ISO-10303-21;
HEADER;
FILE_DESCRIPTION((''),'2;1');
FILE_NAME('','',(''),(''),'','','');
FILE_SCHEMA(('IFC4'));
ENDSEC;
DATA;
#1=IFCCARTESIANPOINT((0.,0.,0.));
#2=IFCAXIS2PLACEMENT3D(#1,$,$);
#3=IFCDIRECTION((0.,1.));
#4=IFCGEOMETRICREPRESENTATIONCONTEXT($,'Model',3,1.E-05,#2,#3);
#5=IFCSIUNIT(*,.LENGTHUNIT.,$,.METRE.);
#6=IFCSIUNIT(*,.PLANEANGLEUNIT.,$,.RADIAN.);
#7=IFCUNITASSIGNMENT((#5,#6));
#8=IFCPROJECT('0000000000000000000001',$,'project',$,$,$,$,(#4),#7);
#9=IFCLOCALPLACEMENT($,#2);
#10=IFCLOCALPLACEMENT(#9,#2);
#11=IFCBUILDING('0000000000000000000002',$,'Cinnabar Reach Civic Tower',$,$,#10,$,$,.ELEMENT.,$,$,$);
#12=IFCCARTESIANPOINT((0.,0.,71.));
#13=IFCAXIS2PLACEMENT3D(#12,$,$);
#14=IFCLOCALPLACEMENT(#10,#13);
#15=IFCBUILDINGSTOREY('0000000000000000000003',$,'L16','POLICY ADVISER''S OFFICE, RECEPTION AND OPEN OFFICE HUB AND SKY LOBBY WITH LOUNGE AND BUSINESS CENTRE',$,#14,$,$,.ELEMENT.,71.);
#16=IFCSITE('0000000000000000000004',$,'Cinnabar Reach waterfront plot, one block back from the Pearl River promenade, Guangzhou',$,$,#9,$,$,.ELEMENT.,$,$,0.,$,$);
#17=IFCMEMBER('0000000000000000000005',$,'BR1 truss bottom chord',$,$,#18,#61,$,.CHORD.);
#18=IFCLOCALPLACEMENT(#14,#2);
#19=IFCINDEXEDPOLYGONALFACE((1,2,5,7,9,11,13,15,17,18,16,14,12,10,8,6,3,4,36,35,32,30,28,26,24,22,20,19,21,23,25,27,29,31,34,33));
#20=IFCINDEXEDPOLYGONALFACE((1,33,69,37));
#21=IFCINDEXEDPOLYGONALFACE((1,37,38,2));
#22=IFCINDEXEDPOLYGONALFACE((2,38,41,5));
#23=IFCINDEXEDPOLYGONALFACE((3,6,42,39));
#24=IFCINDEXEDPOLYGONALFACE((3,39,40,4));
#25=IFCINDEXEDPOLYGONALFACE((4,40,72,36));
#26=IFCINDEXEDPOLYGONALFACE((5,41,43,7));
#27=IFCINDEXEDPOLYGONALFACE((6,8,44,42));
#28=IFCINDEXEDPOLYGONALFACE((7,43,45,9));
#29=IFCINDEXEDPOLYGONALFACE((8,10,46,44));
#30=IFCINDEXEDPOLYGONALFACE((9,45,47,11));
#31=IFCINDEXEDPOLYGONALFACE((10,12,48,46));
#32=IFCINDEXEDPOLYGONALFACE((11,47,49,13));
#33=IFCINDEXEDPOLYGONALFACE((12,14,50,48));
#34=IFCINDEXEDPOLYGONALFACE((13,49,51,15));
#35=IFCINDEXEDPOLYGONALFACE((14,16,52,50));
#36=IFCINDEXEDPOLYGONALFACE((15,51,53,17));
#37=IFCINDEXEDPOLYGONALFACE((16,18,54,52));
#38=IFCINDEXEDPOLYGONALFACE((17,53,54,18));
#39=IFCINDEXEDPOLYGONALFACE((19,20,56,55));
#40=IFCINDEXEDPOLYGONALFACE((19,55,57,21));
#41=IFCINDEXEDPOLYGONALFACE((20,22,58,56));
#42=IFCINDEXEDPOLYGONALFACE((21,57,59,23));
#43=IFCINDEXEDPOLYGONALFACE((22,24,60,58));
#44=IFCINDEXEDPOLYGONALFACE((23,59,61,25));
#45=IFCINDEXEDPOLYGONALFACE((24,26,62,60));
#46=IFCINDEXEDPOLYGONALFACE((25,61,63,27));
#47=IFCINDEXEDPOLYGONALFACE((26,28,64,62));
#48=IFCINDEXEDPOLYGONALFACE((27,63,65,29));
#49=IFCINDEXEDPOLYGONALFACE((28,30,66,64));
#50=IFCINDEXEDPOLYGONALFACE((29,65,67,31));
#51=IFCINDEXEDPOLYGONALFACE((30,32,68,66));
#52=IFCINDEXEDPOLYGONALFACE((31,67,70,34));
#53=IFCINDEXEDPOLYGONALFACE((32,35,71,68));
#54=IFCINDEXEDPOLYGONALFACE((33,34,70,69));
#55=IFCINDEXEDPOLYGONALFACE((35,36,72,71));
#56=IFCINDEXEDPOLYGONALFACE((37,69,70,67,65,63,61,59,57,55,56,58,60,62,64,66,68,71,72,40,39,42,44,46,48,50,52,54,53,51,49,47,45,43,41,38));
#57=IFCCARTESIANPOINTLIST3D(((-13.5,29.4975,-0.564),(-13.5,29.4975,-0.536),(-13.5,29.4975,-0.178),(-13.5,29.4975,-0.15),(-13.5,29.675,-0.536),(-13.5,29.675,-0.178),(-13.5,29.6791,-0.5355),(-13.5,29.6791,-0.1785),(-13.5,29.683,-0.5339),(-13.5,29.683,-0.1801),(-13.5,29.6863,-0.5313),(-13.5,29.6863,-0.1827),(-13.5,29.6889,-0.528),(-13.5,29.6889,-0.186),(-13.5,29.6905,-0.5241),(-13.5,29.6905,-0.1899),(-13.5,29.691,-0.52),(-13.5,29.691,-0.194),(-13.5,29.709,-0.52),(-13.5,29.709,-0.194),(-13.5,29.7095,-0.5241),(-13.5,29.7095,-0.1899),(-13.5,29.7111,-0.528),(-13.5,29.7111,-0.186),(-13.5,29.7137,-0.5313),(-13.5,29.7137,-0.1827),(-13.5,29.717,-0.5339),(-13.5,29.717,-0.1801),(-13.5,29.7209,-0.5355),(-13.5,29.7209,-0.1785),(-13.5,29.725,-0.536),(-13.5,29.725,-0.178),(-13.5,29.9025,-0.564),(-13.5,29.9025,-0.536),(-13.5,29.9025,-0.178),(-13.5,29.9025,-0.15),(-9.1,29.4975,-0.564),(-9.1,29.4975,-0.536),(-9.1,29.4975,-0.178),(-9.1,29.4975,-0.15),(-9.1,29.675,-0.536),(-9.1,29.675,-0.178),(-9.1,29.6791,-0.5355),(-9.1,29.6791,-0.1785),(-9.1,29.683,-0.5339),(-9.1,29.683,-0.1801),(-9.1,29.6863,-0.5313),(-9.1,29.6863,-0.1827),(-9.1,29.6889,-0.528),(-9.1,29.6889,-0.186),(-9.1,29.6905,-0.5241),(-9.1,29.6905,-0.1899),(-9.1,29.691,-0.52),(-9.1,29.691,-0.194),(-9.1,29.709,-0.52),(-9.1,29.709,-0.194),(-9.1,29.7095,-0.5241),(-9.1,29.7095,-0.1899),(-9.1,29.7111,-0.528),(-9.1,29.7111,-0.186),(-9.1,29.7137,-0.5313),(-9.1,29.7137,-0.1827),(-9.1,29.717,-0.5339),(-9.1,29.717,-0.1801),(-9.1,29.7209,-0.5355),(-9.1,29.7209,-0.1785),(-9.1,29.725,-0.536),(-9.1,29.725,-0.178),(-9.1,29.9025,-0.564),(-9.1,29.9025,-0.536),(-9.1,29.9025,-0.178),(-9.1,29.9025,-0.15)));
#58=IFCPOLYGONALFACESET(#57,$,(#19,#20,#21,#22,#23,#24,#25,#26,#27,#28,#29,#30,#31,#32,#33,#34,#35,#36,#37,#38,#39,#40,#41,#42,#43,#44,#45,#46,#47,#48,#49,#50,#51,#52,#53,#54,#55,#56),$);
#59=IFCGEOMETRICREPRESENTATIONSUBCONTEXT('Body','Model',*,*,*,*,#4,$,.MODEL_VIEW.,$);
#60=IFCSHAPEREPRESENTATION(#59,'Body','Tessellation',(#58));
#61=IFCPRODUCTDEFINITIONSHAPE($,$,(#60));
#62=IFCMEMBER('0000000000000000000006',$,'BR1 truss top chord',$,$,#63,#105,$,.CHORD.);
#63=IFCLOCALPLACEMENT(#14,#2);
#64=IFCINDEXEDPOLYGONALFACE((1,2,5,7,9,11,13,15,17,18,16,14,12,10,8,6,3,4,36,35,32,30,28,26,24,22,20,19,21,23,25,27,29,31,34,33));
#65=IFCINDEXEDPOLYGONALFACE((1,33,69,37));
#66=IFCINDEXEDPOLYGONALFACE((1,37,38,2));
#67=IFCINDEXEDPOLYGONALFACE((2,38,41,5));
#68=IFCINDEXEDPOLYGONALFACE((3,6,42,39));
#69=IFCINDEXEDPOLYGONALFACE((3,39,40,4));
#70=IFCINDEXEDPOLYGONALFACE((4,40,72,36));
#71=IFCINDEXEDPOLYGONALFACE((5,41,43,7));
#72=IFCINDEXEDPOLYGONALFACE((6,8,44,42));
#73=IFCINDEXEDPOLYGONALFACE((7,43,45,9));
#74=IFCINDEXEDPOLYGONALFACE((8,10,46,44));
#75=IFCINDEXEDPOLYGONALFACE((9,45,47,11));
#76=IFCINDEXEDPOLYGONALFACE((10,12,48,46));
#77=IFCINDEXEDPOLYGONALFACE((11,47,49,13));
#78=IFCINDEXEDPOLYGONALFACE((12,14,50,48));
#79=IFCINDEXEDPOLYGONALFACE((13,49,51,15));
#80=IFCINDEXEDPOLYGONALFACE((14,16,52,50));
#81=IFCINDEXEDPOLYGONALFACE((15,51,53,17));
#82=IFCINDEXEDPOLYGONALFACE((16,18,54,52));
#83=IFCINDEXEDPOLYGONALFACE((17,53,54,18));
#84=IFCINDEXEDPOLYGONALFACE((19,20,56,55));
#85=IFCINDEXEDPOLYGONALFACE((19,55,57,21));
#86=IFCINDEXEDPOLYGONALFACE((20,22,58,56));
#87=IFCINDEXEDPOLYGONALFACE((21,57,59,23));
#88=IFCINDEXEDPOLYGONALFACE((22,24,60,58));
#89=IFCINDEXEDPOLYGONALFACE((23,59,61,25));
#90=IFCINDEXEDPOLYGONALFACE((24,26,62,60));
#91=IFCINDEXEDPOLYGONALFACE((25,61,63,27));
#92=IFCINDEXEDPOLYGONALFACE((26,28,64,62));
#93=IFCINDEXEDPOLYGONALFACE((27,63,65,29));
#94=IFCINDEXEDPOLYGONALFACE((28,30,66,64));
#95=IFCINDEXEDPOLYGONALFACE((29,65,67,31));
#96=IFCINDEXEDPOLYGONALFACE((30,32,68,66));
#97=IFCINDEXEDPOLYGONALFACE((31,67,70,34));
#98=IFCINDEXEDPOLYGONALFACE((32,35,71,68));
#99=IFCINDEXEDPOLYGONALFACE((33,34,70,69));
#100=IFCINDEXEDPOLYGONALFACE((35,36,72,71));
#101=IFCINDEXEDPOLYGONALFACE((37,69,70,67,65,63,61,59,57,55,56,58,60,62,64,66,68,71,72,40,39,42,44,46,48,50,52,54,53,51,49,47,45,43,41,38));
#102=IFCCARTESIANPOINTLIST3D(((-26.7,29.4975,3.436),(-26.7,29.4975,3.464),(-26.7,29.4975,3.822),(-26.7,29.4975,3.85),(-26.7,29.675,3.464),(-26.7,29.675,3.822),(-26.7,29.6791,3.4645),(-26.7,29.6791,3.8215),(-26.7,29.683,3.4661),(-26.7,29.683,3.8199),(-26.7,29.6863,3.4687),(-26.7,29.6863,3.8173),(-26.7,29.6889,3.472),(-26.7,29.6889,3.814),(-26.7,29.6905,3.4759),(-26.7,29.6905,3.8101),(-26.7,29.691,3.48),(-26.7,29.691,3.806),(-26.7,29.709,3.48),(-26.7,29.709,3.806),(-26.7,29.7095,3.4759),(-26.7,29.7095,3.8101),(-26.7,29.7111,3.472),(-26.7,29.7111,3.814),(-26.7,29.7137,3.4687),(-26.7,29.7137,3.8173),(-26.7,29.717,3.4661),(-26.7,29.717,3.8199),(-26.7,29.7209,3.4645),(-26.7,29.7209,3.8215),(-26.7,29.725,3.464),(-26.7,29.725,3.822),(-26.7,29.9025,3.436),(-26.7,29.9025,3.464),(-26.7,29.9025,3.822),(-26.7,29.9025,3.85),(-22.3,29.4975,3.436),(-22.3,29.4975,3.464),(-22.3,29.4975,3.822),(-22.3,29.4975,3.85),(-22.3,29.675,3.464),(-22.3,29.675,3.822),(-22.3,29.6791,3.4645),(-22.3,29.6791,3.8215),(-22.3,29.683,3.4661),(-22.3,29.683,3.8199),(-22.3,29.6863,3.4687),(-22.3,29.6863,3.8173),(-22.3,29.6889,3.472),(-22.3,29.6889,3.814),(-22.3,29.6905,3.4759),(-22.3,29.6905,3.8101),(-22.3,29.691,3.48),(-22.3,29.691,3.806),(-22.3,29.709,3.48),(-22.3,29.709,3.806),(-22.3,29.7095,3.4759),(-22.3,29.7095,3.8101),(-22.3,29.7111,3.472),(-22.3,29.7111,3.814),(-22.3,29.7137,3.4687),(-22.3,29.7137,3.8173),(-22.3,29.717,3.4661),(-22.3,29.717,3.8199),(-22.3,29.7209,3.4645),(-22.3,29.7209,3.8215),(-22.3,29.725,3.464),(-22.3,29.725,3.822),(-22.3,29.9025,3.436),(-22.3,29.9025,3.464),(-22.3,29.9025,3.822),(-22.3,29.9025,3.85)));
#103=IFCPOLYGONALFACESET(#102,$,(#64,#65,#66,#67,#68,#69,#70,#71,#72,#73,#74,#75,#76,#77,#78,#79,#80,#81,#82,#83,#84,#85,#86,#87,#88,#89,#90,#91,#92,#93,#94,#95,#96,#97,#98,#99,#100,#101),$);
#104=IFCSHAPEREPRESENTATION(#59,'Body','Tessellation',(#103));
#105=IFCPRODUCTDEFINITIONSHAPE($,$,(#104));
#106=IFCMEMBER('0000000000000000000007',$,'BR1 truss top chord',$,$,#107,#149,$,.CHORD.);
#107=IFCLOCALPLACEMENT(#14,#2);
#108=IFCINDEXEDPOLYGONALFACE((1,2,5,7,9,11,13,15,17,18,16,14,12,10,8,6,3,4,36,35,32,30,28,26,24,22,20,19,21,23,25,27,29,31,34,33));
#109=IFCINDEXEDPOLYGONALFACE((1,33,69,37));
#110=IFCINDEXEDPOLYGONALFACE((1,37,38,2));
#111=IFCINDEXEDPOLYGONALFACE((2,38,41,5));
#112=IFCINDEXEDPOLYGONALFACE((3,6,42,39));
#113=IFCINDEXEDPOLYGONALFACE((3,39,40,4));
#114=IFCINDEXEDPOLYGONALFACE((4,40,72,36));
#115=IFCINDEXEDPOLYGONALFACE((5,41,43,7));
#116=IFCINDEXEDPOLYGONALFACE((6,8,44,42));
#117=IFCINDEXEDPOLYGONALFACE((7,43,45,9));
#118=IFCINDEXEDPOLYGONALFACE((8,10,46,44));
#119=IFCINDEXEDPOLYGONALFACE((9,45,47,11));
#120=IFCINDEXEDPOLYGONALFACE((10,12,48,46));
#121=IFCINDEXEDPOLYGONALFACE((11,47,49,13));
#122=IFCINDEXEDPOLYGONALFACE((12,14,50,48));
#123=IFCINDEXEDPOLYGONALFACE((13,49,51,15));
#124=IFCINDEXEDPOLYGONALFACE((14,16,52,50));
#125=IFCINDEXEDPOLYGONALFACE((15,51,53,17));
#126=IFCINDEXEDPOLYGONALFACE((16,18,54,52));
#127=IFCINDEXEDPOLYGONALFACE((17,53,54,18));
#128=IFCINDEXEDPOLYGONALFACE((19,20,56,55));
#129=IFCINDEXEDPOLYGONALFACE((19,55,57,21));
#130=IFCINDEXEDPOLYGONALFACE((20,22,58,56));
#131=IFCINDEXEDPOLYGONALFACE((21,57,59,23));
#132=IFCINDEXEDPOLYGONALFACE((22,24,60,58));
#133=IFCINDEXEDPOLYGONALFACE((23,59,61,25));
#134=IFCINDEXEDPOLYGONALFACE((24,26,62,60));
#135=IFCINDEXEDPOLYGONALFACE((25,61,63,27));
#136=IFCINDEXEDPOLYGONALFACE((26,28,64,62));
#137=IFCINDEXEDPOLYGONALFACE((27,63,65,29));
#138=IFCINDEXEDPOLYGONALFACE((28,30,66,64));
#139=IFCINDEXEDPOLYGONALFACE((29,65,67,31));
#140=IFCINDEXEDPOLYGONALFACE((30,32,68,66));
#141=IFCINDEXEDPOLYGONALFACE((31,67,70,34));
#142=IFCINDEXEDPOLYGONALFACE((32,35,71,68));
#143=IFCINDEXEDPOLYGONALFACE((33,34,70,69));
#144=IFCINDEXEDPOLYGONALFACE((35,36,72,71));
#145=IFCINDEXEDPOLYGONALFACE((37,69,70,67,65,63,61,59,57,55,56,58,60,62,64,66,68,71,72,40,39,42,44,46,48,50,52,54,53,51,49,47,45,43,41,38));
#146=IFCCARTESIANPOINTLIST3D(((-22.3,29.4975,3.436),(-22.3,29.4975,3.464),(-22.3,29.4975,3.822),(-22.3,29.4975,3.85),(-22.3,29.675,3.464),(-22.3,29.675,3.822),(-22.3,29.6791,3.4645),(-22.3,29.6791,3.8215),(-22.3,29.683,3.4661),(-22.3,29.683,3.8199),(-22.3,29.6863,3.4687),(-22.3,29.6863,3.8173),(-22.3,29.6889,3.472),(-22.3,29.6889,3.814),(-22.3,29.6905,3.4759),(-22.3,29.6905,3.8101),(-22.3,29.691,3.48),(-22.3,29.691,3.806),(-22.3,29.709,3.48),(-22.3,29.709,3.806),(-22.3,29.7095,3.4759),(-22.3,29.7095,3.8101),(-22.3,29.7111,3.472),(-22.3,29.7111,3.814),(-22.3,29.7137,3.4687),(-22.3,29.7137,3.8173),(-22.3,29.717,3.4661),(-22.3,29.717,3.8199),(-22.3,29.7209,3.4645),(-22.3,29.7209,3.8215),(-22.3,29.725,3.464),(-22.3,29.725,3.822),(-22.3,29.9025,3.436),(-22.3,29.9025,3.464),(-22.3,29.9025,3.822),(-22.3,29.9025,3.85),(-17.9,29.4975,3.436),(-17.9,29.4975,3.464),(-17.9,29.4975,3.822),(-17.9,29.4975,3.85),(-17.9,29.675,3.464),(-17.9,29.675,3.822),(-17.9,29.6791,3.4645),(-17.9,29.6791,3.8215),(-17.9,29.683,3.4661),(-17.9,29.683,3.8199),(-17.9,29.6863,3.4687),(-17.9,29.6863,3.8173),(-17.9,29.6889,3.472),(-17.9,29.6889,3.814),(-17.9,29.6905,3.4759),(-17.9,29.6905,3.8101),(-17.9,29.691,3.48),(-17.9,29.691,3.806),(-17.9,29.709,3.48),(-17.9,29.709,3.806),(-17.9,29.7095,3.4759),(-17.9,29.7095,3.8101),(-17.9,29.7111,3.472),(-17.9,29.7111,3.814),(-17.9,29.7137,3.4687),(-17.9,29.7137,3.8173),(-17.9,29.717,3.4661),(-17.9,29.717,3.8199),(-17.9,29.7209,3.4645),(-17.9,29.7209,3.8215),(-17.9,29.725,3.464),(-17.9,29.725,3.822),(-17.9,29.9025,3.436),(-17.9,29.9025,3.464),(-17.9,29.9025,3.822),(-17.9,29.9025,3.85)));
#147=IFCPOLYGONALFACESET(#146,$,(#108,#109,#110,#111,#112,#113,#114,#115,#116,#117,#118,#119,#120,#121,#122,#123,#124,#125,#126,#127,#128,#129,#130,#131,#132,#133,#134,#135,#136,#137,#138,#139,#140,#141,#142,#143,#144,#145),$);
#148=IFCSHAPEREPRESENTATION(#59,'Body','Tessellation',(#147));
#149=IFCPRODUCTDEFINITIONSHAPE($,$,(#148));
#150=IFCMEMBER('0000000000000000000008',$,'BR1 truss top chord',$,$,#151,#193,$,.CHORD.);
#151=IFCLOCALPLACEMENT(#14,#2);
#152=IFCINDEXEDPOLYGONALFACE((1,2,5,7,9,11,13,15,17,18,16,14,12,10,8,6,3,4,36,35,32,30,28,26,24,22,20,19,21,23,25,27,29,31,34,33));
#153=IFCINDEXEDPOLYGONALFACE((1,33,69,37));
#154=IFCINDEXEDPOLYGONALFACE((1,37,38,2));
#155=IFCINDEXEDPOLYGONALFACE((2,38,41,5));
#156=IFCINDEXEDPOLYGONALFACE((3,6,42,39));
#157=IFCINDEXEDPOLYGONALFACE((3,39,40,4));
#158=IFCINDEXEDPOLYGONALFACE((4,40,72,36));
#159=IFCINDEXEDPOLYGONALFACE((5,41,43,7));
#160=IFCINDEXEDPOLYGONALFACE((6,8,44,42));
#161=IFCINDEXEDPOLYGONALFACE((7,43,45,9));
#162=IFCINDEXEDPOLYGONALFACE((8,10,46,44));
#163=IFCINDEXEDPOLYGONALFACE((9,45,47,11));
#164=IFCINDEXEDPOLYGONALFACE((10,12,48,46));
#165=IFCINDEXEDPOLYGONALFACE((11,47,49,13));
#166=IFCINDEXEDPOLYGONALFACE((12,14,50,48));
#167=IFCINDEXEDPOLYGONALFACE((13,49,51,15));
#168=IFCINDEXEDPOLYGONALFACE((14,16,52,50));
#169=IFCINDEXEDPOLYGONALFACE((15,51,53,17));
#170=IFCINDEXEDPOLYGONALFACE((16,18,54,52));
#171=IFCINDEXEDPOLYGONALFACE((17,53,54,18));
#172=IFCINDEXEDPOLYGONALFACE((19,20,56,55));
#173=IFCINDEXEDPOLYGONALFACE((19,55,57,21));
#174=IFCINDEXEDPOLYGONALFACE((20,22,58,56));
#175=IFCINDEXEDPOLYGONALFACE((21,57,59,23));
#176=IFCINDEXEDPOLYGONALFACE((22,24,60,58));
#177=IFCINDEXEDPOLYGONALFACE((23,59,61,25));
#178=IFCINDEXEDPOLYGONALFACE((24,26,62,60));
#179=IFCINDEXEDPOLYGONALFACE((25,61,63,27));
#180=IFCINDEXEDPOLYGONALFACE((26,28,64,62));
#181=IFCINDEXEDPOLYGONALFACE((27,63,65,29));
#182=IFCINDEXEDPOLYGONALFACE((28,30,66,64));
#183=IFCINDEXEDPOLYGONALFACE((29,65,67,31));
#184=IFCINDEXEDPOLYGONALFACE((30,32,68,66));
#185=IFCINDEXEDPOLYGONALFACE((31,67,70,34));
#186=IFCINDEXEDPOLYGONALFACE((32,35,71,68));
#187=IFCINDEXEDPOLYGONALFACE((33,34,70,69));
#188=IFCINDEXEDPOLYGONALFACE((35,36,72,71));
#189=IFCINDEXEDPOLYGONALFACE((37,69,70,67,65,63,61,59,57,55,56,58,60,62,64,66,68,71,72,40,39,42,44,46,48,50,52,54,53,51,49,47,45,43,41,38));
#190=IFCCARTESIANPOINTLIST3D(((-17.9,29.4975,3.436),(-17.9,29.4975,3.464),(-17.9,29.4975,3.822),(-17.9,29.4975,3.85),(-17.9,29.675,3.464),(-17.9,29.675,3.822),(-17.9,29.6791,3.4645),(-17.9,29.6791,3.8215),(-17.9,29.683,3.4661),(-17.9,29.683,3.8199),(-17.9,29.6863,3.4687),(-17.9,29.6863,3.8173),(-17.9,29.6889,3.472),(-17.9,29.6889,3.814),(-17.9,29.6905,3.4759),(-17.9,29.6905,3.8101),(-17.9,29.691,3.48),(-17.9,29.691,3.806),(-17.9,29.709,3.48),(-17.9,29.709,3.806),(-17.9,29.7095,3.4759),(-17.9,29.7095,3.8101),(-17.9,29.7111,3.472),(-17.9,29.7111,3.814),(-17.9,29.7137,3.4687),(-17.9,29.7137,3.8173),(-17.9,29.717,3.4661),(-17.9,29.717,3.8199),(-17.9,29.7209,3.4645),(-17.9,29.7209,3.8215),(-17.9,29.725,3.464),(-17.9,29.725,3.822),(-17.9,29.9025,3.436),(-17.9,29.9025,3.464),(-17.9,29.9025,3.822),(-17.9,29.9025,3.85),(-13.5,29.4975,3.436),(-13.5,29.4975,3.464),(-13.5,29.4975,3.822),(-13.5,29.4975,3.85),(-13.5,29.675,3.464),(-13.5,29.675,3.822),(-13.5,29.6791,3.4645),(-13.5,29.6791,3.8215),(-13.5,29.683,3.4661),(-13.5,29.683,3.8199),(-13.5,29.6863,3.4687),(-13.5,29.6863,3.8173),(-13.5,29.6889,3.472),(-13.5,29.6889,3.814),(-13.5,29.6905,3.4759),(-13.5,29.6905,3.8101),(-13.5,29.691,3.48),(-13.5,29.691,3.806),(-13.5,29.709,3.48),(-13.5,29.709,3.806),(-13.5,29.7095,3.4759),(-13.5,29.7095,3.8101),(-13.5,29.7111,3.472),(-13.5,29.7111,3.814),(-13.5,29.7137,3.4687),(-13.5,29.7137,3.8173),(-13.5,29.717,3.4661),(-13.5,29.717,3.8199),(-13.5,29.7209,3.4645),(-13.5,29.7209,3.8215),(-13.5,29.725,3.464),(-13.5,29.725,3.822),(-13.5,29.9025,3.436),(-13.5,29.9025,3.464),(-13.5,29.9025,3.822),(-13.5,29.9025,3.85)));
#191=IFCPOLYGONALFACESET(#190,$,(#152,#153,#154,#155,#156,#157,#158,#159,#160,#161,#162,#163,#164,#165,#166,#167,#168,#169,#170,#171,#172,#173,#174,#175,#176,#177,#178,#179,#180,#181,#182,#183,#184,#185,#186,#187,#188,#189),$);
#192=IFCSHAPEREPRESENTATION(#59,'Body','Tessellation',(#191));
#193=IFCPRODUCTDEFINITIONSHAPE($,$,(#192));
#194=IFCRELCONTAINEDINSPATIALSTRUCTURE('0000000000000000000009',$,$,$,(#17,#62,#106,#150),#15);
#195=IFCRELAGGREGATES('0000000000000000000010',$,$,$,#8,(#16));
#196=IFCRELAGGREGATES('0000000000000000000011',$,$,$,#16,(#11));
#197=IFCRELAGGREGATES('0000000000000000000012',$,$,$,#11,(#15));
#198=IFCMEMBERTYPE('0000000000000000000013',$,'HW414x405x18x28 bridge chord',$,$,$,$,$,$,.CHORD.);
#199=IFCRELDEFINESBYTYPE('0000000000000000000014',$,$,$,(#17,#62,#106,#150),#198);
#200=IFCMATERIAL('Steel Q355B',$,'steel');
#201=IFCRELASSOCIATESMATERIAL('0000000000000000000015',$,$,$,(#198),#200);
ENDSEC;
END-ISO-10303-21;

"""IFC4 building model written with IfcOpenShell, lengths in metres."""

from ifc_helpers import new_model, si_unit, direction, frame, origin, origin_2d, place, context, subcontext, project, spatial, i_section, extrude, material, material_profile, profile_set, type_object, element, save


model = new_model("IFC4")

# Units and contexts
model_context = context("Model", 3, precision=1e-05, world=origin(), true_north=direction((0.0, 1.0)))
body_context = subcontext(model_context, "Body", "Model", "MODEL_VIEW")
ifc_project = project(units=[si_unit("LENGTHUNIT", "METRE"), si_unit("PLANEANGLEUNIT", "RADIAN")], contexts=[model_context])

# Site, building, storey
site_placement = place(None, origin())
site = spatial("IfcSite", under=ifc_project, at=site_placement, Name="Cinnabar Reach waterfront plot, one block back from the Pearl River promenade, Guangzhou", CompositionType="ELEMENT", RefElevation=0.0)
building_placement = place(site_placement, origin())
building = spatial("IfcBuilding", under=site, at=building_placement, Name="Cinnabar Reach Civic Tower", CompositionType="ELEMENT")
storey_placement = place(building_placement, frame((0.0, 0.0, 71.0)))
storey = spatial("IfcBuildingStorey", under=building, at=storey_placement, Name="L16", Description="POLICY ADVISER'S OFFICE, RECEPTION AND OPEN OFFICE HUB AND SKY LOBBY WITH LOUNGE AND BUSINESS CENTRE", CompositionType="ELEMENT", Elevation=71.0)

# Members
ifc_material_1 = material(Name="Steel Q355B", Category="steel")
ifc_material_profile_1 = material_profile(ifc_material_1, i_section(OverallWidth=0.405, OverallDepth=0.414, WebThickness=0.018, FlangeThickness=0.028, FilletRadius=0.016, at=origin_2d()), Name="HW414x405x18x28")
ifc_profile_set_1 = profile_set([ifc_material_profile_1], Name="Steel Q355B")
member_type_1 = type_object("IfcMemberType", Name="HW414x405x18x28 bridge chord", PredefinedType="CHORD", material=ifc_profile_set_1)
for number, where, z_axis, x_axis, name in (
    (1, (-13.5, 29.7, -0.357), (1.0, 0.0, 0.0), (0.0, 1.0, 0.0), "BR1 truss bottom chord"),
    (2, (-26.7, 29.7, 3.643), (1.0, 0.0, 0.0), (0.0, 1.0, 0.0), "BR1 truss top chord"),
    (3, (-22.3, 29.7, 3.643), (1.0, 0.0, 0.0), (0.0, 1.0, 0.0), "BR1 truss top chord"),
    (4, (-17.9, 29.7, 3.643), (1.0, 0.0, 0.0), (0.0, 1.0, 0.0), "BR1 truss top chord"),
):
    element("IfcMember", number, at=place(storey_placement, frame(where, z_axis=z_axis, x_axis=x_axis)), inside=storey, type_object=member_type_1, Name=name, PredefinedType="CHORD", context=body_context, shape_type="SweptSolid", body=[
        extrude(i_section(OverallWidth=0.405, OverallDepth=0.414, WebThickness=0.018, FlangeThickness=0.028, FilletRadius=0.016, at=origin_2d()), origin(), (0.0, 0.0, 1.0), 4.4),
    ])

save(model, "model.ifc")
